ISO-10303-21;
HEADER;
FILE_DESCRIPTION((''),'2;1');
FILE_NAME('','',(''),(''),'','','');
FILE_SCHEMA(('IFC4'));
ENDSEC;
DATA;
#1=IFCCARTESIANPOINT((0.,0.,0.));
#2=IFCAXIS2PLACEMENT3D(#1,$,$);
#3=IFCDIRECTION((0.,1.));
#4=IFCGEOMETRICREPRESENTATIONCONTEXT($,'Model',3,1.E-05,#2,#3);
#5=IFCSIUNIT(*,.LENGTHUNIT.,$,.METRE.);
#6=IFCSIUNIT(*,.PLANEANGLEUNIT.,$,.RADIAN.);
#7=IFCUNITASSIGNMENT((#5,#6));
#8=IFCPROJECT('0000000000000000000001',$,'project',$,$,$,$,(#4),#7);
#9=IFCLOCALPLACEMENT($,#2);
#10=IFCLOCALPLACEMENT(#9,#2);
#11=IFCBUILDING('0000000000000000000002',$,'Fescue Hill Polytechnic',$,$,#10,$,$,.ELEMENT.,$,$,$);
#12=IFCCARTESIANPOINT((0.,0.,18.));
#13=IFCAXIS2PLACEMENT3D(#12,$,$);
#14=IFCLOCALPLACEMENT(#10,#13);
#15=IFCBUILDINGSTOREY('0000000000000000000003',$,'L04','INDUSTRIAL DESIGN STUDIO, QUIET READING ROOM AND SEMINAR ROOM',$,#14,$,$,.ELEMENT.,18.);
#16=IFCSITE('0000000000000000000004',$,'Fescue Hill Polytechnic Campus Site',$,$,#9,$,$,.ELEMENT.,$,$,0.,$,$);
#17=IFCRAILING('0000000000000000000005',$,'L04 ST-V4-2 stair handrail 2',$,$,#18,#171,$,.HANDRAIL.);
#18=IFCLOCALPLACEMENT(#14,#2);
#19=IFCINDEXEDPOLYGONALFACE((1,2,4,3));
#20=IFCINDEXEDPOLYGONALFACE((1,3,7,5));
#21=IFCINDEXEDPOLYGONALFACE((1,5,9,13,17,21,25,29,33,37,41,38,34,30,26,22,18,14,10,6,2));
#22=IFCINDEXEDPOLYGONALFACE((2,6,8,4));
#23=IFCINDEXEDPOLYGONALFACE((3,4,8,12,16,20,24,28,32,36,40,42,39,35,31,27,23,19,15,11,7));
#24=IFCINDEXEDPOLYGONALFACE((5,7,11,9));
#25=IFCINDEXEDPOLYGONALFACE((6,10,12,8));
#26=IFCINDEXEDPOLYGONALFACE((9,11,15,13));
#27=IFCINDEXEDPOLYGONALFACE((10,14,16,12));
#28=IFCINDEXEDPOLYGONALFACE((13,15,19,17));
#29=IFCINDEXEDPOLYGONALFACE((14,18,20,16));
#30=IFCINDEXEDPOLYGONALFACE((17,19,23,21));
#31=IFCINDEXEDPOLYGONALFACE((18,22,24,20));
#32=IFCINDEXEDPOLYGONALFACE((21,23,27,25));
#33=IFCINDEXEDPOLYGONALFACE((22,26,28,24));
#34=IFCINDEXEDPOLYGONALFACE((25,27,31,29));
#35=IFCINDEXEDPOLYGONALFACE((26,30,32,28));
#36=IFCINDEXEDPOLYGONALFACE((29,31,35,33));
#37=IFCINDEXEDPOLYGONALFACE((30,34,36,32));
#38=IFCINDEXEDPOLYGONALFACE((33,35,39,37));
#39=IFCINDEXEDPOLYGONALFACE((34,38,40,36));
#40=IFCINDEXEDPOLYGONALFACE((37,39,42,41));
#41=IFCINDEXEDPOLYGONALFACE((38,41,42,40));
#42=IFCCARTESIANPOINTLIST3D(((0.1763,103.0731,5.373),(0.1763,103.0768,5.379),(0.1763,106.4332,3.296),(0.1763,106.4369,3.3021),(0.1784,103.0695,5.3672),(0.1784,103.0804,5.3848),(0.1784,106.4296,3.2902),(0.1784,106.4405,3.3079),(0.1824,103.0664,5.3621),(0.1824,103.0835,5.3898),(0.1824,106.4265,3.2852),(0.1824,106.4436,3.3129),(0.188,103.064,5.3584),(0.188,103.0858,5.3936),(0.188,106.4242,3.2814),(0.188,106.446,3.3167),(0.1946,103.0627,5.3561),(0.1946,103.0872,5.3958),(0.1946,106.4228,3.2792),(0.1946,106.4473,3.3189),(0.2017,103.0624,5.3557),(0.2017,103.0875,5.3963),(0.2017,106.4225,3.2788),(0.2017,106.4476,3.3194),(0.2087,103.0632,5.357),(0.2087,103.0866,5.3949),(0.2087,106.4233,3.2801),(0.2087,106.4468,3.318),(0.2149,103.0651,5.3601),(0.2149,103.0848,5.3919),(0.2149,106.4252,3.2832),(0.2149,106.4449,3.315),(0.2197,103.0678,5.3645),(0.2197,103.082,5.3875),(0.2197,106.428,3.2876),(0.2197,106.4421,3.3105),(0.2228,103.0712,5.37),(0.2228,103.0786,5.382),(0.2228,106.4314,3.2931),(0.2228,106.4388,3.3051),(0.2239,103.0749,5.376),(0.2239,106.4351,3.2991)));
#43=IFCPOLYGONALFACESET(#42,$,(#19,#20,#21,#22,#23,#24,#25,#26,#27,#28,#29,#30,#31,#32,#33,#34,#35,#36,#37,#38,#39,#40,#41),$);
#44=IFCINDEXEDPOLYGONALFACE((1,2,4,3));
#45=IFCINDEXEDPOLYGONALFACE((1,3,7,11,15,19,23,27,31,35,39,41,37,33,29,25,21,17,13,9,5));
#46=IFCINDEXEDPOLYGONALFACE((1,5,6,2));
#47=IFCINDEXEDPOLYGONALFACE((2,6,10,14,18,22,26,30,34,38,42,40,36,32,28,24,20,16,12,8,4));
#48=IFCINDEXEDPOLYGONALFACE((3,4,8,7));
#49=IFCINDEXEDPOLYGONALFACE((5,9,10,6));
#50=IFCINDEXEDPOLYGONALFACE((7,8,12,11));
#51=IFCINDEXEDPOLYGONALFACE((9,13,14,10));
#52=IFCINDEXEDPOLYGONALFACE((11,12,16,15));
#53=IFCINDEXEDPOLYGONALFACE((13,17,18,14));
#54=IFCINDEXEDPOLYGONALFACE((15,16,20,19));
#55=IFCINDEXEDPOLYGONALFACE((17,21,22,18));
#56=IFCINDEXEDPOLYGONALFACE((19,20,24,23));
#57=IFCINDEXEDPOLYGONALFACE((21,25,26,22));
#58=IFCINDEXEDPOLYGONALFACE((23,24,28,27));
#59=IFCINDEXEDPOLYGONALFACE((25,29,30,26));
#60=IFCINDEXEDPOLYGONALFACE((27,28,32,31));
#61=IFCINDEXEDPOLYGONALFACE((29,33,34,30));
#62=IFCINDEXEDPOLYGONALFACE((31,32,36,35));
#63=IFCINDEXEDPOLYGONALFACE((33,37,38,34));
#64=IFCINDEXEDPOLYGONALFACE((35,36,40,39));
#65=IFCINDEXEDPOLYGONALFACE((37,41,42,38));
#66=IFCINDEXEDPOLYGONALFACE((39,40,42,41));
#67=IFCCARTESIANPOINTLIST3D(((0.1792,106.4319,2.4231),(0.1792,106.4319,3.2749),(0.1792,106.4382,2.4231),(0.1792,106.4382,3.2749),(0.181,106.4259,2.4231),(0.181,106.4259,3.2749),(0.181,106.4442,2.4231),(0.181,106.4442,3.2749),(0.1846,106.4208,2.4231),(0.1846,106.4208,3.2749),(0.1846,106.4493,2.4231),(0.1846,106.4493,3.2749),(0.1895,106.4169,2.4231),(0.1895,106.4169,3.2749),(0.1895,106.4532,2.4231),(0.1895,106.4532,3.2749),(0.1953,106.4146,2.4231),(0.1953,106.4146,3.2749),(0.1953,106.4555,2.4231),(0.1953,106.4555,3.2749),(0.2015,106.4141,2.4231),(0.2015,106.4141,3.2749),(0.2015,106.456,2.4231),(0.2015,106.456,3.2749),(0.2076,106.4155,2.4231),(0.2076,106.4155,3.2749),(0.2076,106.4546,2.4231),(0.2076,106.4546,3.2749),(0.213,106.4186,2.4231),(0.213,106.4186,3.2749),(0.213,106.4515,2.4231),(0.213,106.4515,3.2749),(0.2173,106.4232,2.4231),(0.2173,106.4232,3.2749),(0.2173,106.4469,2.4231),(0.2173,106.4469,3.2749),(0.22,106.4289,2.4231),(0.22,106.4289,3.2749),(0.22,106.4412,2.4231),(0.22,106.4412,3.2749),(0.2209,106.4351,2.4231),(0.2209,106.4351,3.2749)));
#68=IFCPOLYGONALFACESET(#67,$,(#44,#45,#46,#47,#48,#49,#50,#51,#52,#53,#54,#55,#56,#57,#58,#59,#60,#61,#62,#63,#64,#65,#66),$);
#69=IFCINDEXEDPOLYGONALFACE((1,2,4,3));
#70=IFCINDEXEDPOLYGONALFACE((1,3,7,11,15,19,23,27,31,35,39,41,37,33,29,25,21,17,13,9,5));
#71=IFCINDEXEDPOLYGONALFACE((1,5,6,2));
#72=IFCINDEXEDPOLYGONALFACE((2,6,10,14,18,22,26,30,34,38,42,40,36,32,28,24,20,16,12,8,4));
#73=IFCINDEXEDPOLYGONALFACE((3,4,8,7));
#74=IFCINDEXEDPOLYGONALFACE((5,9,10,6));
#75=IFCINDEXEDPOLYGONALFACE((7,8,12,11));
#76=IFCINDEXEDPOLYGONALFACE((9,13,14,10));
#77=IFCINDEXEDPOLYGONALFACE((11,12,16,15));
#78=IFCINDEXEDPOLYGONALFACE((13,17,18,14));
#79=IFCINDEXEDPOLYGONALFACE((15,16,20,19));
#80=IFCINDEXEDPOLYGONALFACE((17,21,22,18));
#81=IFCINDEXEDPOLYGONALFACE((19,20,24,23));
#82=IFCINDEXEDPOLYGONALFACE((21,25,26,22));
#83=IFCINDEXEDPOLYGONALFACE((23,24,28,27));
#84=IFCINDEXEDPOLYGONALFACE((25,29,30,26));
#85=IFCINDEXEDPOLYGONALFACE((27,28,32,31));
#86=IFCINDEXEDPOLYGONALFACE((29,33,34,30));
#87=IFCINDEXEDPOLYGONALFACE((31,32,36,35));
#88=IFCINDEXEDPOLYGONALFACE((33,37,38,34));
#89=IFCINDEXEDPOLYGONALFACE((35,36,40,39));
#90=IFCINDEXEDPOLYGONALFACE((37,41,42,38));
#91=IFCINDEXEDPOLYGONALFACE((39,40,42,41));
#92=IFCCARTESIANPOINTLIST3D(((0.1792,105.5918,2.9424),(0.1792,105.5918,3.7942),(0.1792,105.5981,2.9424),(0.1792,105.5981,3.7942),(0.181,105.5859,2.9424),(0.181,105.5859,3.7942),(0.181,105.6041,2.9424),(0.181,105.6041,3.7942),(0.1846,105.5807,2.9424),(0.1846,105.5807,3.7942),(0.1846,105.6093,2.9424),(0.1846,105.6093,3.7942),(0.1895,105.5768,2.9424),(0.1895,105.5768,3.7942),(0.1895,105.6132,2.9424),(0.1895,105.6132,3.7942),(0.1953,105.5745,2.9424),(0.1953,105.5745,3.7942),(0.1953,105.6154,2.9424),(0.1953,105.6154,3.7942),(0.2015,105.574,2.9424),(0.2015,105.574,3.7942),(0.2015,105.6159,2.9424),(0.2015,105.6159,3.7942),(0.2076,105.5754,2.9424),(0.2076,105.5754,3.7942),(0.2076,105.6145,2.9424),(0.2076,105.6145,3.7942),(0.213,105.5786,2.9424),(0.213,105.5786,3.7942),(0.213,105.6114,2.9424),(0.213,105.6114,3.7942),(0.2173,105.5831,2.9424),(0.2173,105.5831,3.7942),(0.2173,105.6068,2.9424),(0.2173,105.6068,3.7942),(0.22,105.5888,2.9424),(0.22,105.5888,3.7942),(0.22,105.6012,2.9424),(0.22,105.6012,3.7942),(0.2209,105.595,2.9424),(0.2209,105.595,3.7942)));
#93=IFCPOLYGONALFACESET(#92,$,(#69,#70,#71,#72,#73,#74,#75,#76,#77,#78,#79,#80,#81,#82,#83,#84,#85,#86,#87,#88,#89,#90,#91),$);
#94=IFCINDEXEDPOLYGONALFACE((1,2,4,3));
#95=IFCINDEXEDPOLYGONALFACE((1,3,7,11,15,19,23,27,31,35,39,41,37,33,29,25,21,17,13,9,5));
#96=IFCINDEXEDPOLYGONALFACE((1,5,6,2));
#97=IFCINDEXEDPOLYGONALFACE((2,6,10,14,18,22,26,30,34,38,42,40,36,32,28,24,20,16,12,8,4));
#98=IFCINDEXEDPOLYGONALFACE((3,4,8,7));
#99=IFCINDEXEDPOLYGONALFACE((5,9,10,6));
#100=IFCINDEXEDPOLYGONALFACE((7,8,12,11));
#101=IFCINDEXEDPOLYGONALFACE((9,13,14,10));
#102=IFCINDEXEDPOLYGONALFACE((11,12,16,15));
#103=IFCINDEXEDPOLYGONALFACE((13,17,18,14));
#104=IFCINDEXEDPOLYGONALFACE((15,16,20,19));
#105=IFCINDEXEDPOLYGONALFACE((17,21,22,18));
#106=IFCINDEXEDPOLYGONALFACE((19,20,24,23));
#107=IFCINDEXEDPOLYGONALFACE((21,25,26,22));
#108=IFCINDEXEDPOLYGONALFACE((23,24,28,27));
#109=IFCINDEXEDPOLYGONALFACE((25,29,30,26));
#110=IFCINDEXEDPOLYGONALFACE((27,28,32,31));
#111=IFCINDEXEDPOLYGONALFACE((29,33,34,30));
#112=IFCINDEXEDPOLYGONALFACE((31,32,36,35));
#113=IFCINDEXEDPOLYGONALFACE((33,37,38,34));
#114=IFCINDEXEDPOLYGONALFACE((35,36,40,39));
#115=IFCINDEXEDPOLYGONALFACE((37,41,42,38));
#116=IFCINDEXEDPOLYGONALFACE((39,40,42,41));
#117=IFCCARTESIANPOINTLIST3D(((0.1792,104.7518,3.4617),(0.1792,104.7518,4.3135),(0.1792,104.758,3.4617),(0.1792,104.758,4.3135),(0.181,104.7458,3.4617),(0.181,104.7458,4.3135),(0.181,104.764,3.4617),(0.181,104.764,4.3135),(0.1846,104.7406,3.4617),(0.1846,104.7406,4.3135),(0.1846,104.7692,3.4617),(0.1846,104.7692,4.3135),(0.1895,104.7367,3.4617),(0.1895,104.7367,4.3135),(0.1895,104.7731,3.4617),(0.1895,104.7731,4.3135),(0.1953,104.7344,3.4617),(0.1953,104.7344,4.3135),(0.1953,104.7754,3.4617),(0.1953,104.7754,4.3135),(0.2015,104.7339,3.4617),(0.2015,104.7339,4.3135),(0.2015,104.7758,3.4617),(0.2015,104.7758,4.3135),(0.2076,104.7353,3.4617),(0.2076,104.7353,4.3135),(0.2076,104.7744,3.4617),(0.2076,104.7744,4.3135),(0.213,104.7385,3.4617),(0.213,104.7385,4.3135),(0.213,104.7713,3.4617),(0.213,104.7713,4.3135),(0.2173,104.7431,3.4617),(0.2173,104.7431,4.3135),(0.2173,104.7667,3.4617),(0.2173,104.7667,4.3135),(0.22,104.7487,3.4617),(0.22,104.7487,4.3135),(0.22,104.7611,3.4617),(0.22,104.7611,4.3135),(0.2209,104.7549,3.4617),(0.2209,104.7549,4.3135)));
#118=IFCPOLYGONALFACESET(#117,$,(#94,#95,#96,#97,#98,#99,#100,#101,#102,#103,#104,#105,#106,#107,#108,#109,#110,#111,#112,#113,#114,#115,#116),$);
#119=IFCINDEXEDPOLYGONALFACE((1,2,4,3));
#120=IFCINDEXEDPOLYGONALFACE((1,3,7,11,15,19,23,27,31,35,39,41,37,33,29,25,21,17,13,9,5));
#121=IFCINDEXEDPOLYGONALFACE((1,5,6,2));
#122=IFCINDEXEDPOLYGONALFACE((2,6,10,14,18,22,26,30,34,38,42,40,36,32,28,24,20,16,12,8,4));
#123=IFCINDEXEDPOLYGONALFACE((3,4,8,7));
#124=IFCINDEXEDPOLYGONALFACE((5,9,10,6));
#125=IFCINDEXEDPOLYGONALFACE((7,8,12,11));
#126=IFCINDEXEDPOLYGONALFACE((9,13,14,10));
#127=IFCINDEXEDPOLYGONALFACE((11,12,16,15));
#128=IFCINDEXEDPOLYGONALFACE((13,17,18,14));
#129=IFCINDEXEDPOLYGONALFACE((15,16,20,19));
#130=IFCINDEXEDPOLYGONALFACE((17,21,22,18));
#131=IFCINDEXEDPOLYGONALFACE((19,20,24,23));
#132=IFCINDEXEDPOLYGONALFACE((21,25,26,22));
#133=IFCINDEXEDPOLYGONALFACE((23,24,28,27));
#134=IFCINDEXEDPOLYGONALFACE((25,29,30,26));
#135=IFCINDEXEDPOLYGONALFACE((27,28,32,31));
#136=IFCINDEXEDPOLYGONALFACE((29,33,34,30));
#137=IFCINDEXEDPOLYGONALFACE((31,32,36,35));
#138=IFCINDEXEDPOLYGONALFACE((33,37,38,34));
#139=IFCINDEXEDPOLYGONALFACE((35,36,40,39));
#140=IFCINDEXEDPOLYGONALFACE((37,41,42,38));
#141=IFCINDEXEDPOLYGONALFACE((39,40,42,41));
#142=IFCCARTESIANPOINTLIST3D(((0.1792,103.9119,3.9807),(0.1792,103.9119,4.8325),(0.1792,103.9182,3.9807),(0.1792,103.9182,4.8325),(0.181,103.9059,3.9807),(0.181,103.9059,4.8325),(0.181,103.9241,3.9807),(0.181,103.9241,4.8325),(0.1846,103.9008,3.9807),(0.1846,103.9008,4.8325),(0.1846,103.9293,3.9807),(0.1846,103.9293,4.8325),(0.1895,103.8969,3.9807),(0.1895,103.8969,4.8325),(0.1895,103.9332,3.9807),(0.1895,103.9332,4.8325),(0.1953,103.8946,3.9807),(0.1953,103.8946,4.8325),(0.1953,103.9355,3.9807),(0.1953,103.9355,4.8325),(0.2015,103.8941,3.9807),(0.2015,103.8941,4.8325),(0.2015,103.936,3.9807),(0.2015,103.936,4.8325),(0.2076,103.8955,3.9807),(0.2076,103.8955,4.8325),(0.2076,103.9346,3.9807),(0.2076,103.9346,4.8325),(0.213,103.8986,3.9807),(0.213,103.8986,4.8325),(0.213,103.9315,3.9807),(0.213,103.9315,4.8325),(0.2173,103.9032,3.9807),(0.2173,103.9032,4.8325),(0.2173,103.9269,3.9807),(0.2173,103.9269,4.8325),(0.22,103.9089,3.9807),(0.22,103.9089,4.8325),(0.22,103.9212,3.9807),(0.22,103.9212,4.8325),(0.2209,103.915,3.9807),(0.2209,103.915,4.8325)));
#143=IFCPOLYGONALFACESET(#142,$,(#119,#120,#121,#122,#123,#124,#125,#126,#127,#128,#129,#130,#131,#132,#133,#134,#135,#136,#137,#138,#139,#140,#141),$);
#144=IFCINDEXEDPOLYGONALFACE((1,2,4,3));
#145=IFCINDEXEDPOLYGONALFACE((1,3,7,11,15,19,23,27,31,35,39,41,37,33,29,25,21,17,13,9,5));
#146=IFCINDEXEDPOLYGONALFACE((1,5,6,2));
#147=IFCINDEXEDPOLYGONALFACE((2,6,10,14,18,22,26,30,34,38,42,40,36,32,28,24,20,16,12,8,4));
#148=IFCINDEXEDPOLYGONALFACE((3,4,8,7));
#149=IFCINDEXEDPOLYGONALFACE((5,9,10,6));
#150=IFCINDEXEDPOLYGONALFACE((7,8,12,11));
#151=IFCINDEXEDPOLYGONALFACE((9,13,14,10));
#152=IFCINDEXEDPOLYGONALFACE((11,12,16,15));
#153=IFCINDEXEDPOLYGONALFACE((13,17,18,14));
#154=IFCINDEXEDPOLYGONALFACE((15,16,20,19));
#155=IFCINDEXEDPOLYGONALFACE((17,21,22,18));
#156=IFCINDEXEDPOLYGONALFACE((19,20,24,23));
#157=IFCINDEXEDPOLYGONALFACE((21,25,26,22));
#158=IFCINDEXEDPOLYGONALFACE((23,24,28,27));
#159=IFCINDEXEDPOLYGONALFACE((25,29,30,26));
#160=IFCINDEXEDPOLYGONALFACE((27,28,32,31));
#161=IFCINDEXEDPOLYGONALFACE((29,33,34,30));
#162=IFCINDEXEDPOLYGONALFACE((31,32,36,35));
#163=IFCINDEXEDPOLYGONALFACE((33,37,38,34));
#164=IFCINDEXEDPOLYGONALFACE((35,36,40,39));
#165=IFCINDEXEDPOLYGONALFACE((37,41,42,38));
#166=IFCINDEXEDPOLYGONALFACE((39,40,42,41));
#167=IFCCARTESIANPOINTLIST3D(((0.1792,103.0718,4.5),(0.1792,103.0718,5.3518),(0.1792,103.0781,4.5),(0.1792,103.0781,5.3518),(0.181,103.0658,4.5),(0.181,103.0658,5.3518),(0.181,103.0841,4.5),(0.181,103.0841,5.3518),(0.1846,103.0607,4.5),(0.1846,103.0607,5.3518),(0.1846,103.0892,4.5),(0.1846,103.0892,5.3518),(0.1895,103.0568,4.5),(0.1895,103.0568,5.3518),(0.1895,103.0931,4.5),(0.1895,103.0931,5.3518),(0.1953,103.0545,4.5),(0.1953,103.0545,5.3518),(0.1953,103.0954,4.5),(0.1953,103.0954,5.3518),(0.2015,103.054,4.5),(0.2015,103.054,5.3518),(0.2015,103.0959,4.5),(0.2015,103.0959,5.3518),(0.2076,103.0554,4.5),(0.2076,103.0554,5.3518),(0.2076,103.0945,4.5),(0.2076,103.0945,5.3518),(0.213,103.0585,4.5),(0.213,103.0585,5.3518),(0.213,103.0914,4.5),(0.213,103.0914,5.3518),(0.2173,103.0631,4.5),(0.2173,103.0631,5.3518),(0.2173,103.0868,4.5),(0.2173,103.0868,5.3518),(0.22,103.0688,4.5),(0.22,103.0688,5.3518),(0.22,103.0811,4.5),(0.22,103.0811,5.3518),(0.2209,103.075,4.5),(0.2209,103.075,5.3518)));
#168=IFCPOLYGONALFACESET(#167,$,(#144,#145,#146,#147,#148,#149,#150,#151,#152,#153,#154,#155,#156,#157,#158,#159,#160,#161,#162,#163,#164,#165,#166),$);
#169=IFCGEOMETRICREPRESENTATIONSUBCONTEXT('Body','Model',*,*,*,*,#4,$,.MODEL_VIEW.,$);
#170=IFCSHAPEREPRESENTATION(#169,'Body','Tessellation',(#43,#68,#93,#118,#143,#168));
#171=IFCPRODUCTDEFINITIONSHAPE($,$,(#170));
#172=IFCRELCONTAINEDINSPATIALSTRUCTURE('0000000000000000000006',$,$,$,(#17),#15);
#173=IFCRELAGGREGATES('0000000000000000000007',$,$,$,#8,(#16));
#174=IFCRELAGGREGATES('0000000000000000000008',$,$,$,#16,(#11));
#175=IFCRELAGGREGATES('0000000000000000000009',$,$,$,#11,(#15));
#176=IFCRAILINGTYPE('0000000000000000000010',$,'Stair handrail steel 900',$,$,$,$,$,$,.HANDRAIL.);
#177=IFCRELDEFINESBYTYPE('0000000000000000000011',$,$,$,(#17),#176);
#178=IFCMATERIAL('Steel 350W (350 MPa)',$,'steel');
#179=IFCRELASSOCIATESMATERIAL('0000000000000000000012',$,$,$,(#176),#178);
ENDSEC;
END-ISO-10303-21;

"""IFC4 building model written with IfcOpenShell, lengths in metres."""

from ifc_helpers import new_model, si_unit, direction, frame, origin, origin_2d, place, context, subcontext, project, spatial, circle, extrude, material, type_object, element, save


model = new_model("IFC4")

# Units and contexts
model_context = context("Model", 3, precision=1e-05, world=origin(), true_north=direction((0.0, 1.0)))
body_context = subcontext(model_context, "Body", "Model", "MODEL_VIEW")
ifc_project = project(units=[si_unit("LENGTHUNIT", "METRE"), si_unit("PLANEANGLEUNIT", "RADIAN")], contexts=[model_context])

# Site, building, storey
site_placement = place(None, origin())
site = spatial("IfcSite", under=ifc_project, at=site_placement, Name="Fescue Hill Polytechnic Campus Site", CompositionType="ELEMENT", RefElevation=0.0)
building_placement = place(site_placement, origin())
building = spatial("IfcBuilding", under=site, at=building_placement, Name="Fescue Hill Polytechnic", CompositionType="ELEMENT")
storey_placement = place(building_placement, frame((0.0, 0.0, 18.0)))
storey = spatial("IfcBuildingStorey", under=building, at=storey_placement, Name="L04", Description="INDUSTRIAL DESIGN STUDIO, QUIET READING ROOM AND SEMINAR ROOM", CompositionType="ELEMENT", Elevation=18.0)

# Railing
ifc_material_1 = material(Name="Steel 350W (350 MPa)", Category="steel")
railing_type_1 = type_object("IfcRailingType", Name="Stair handrail steel 900", PredefinedType="HANDRAIL", material=ifc_material_1)
railing_1_placement = place(storey_placement, frame((0.2, 106.4351, 2.4231)))
element("IfcRailing", 1, at=railing_1_placement, inside=storey, type_object=railing_type_1, Name="L04 ST-V4-2 stair handrail 2", PredefinedType="HANDRAIL", context=body_context, shape_type="SweptSolid", body=[
    extrude(circle(Radius=0.0239, at=origin_2d()), frame((0.0, 0.0, 0.876), z_axis=(0.0, -0.850623, 0.525776), x_axis=(1.0, 0.0, 0.0)), (0.0, 0.0, 1.0), 3.9502),
    extrude(circle(Radius=0.021, at=origin_2d()), origin(), (0.0, 0.0, 1.0), 0.8518),
    extrude(circle(Radius=0.021, at=origin_2d()), frame((0.0, -0.8401, 0.5193)), (0.0, 0.0, 1.0), 0.8518),
    extrude(circle(Radius=0.021, at=origin_2d()), frame((0.0, -1.6802, 1.0386)), (0.0, 0.0, 1.0), 0.8518),
    extrude(circle(Radius=0.021, at=origin_2d()), frame((0.0, -2.52, 1.5576)), (0.0, 0.0, 1.0), 0.8518),
    extrude(circle(Radius=0.021, at=origin_2d()), frame((0.0, -3.3601, 2.0769)), (0.0, 0.0, 1.0), 0.8518),
])

save(model, "model.ifc")
